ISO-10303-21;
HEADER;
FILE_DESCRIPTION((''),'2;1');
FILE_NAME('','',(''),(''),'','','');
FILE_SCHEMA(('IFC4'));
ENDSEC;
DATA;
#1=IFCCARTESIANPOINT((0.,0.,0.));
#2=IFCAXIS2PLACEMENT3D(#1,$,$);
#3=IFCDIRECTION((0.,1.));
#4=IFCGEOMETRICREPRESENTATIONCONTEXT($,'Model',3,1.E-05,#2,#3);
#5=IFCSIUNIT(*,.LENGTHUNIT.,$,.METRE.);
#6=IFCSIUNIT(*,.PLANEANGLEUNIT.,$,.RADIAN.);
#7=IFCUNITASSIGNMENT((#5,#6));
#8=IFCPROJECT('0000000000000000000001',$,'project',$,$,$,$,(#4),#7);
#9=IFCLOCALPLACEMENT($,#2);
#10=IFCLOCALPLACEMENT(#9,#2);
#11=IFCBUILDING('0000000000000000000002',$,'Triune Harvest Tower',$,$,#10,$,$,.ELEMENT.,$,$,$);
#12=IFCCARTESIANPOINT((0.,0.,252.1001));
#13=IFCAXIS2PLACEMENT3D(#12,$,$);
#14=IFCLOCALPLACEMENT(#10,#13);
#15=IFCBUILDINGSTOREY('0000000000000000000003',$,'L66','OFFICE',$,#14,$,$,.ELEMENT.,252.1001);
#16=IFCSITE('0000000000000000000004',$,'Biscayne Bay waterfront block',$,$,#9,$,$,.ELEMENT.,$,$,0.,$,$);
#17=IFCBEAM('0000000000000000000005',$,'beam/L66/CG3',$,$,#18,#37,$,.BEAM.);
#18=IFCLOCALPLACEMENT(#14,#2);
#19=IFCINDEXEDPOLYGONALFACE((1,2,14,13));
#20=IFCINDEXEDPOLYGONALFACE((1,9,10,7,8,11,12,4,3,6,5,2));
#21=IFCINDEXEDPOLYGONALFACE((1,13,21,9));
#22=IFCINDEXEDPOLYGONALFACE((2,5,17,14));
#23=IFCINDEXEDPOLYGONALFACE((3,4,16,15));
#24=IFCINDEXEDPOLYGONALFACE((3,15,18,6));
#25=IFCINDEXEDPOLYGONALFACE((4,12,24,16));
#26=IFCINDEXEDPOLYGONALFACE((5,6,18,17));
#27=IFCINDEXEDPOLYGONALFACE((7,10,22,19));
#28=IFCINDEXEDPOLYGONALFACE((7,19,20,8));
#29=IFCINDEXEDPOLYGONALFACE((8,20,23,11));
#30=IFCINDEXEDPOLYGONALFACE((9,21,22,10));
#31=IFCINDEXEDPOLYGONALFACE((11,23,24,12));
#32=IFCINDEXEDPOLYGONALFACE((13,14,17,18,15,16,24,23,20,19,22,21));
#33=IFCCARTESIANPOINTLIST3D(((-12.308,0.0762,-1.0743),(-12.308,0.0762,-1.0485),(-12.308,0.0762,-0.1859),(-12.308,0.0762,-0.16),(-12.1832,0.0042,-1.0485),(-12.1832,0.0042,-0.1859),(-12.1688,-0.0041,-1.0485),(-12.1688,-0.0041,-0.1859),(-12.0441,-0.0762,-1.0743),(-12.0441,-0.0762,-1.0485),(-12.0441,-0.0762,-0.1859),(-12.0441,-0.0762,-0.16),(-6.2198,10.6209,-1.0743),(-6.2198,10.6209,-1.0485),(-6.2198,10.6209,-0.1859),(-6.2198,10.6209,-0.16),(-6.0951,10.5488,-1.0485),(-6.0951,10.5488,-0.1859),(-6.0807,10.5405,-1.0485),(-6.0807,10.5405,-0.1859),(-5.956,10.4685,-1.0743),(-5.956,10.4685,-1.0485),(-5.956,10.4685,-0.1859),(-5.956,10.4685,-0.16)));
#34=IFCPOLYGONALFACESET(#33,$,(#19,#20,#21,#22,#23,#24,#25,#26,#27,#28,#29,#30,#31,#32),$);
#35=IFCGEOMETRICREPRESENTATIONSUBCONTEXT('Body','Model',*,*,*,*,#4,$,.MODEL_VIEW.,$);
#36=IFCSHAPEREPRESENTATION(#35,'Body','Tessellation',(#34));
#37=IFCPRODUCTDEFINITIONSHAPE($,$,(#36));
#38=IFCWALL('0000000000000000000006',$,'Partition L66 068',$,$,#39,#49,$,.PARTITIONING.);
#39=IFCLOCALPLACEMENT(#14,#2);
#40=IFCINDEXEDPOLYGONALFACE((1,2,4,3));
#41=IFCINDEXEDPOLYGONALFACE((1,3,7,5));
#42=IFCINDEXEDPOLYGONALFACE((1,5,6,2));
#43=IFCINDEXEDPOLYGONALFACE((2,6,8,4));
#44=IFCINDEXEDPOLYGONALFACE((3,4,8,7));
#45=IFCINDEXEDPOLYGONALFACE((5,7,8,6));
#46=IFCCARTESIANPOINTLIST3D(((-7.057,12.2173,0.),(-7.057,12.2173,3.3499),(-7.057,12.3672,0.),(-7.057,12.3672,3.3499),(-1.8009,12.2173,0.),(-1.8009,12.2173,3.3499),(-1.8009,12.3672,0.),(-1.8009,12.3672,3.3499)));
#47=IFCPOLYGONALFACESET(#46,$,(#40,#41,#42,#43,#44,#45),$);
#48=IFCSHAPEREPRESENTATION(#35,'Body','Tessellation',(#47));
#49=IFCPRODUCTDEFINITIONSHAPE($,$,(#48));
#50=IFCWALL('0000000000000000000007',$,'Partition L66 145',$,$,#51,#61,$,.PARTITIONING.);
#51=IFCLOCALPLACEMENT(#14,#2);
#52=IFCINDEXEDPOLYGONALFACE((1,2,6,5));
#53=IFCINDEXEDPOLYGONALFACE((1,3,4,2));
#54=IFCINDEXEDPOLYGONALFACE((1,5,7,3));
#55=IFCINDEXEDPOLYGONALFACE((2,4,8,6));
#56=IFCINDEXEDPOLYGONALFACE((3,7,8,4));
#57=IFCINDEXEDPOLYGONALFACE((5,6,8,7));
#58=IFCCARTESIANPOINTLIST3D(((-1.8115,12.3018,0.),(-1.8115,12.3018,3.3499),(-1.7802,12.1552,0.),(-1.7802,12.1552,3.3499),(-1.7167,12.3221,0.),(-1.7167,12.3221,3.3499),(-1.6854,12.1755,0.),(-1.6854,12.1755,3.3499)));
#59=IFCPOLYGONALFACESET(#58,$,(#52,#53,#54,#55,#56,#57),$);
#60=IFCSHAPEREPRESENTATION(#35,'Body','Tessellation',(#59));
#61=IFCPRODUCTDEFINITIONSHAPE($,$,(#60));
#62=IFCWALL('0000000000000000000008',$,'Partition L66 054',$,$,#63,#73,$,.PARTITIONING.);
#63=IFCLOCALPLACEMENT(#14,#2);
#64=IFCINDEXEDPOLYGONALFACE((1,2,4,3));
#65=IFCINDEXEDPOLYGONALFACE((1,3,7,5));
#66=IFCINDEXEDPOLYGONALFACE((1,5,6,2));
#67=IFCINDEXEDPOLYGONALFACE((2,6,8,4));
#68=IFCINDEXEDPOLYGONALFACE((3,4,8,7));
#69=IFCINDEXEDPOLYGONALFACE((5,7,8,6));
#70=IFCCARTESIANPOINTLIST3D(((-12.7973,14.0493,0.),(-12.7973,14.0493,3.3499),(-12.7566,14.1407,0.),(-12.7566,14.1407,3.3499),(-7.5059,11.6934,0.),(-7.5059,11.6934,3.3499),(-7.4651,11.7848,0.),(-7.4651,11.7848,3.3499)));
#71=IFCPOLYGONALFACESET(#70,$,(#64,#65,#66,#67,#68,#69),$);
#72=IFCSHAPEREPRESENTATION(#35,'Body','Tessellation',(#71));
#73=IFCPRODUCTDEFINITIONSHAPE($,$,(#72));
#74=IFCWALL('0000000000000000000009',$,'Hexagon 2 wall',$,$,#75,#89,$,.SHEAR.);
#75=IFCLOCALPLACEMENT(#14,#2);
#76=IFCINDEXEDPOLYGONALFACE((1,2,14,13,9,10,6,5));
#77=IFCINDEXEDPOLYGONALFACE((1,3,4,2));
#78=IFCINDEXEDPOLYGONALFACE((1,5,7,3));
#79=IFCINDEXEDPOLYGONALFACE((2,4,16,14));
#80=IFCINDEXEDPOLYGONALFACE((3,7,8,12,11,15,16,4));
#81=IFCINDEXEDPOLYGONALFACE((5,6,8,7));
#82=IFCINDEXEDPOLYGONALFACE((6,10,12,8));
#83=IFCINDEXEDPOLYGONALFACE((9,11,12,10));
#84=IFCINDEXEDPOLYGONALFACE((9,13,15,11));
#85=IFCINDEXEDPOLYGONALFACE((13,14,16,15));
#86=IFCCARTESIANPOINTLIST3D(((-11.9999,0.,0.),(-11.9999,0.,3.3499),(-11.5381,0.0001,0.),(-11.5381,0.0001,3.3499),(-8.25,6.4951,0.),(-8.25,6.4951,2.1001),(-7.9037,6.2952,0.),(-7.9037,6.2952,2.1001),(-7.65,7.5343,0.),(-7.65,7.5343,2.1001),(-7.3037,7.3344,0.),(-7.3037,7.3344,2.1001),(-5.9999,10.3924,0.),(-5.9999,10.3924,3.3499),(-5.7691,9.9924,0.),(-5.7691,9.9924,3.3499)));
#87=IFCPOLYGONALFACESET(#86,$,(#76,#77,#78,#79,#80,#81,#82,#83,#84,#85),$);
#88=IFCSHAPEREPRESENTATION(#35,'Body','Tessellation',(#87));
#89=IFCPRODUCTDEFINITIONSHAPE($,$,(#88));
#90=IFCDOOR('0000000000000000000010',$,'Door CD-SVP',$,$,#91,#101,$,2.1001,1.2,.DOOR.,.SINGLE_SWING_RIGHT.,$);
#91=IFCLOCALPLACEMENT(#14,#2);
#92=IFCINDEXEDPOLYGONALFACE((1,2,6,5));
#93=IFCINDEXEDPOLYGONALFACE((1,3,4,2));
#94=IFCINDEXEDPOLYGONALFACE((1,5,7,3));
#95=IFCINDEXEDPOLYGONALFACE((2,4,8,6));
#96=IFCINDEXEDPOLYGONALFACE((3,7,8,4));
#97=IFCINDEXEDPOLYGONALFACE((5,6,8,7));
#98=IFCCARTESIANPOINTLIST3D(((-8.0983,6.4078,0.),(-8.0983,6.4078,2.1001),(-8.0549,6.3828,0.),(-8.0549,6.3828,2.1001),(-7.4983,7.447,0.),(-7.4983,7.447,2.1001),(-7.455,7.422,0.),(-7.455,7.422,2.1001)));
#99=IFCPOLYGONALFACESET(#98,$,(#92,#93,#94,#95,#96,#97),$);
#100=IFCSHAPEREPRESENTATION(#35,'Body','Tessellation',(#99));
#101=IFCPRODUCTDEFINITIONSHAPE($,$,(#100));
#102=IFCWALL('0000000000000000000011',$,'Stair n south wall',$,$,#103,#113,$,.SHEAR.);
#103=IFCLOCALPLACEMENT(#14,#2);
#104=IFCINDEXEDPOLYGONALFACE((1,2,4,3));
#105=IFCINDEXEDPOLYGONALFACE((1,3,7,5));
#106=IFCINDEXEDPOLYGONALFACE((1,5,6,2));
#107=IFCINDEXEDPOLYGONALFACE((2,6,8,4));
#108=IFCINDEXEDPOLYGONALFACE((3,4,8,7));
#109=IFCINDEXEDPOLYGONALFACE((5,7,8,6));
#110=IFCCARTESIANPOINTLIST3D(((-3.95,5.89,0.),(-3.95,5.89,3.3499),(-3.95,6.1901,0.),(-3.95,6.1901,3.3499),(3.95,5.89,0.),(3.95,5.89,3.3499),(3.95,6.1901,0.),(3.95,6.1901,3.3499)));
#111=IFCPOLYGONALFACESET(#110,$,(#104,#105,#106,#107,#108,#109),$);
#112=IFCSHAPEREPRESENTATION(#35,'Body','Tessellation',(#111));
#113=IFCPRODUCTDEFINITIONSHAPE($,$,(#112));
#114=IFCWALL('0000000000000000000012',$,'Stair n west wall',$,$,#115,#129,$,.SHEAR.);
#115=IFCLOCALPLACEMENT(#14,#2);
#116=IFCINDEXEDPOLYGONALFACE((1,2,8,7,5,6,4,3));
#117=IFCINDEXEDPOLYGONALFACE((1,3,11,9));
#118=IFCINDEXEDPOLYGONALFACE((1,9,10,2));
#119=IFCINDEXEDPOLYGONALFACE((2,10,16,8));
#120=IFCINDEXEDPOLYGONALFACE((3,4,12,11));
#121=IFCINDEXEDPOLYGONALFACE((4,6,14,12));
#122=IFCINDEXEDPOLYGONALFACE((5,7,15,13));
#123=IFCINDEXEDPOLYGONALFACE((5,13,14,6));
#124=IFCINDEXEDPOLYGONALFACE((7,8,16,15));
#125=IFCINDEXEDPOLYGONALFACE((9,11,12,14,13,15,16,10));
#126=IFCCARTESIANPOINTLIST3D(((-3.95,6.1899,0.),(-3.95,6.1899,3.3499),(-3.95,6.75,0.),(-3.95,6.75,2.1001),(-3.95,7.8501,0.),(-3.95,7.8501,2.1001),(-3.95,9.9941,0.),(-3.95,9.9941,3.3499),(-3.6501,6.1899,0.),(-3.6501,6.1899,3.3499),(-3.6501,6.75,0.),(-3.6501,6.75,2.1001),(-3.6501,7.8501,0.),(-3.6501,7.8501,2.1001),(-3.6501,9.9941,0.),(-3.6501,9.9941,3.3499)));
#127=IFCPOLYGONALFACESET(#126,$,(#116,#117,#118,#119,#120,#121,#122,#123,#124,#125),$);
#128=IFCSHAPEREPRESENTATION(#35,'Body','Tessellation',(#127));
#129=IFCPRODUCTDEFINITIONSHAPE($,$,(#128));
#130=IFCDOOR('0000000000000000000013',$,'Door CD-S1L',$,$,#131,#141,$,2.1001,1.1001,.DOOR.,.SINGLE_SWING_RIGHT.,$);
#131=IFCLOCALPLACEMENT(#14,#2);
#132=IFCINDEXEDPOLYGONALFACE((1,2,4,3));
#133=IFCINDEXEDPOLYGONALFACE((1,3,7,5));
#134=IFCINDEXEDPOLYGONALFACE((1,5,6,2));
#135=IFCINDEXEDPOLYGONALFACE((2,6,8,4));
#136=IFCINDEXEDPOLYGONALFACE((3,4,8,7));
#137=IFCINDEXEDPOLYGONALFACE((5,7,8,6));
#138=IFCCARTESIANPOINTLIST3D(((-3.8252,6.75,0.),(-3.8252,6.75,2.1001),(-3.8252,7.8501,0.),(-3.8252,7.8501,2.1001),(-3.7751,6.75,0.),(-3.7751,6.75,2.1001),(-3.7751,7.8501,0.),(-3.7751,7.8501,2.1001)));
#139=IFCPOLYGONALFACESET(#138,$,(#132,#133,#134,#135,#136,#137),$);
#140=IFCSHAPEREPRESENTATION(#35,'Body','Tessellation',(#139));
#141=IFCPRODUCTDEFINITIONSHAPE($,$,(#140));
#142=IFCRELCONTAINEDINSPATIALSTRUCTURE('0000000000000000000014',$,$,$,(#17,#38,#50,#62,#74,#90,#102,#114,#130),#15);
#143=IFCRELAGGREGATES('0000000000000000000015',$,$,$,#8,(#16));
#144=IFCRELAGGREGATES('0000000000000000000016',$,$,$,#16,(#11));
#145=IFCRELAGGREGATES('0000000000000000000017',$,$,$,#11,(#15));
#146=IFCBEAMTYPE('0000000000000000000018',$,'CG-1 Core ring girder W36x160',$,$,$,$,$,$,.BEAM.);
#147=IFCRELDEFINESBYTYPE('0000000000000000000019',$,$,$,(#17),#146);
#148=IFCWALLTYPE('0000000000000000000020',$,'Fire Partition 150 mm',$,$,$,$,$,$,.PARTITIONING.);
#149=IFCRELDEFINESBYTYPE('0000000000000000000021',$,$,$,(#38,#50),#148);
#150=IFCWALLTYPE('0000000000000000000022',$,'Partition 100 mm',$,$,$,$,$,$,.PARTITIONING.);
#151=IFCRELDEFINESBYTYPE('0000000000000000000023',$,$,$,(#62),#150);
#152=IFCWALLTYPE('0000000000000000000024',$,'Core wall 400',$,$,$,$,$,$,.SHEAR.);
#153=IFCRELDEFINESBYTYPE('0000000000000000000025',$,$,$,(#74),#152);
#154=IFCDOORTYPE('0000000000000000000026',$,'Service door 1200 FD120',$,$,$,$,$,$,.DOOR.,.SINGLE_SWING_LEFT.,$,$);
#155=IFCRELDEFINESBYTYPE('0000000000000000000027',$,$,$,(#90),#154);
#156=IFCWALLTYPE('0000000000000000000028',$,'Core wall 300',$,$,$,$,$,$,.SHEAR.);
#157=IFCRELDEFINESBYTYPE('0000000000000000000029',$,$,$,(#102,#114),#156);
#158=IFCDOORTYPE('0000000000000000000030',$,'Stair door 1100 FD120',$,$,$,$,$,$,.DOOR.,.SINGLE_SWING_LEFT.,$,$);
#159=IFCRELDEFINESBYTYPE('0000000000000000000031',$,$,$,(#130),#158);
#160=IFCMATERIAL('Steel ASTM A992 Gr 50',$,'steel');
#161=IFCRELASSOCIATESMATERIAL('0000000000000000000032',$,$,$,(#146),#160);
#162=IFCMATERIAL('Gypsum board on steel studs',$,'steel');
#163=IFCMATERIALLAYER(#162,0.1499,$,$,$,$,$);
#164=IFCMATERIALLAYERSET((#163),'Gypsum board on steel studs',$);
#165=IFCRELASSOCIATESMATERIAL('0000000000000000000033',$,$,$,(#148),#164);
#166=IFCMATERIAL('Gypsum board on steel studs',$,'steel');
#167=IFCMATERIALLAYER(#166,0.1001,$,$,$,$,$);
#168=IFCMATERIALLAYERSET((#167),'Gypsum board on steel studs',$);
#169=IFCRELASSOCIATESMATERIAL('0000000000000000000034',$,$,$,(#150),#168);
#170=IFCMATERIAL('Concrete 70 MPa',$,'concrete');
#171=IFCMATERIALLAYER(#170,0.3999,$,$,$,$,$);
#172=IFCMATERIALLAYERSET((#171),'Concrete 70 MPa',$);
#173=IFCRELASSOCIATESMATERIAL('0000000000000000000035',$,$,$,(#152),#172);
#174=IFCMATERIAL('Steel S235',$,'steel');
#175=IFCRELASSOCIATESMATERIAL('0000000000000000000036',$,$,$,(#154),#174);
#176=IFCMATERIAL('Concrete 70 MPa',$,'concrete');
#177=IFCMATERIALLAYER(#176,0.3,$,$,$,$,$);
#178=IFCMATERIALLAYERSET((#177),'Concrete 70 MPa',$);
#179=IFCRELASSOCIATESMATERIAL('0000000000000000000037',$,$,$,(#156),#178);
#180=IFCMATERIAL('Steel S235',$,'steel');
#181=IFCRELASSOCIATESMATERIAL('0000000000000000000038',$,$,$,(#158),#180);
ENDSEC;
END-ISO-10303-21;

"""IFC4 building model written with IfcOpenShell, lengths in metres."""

from ifc_helpers import new_model, si_unit, direction, frame, frame_2d, origin, origin_2d, place, context, subcontext, project, spatial, polyline, rectangle, i_section, outline, extrude, source, transform, mapped, material, layer, layer_set, material_profile, profile_set, type_object, element, fill, save


model = new_model("IFC4")

# Units and contexts
model_context = context("Model", 3, precision=1e-05, world=origin(), true_north=direction((0.0, 1.0)))
body_context = subcontext(model_context, "Body", "Model", "MODEL_VIEW")
ifc_project = project(units=[si_unit("LENGTHUNIT", "METRE"), si_unit("PLANEANGLEUNIT", "RADIAN")], contexts=[model_context])

# Site, building, storey
site_placement = place(None, origin())
site = spatial("IfcSite", under=ifc_project, at=site_placement, Name="Biscayne Bay waterfront block", CompositionType="ELEMENT", RefElevation=0.0)
building_placement = place(site_placement, origin())
building = spatial("IfcBuilding", under=site, at=building_placement, Name="Triune Harvest Tower", CompositionType="ELEMENT")
storey_placement = place(building_placement, frame((0.0, 0.0, 252.1001)))
storey = spatial("IfcBuildingStorey", under=building, at=storey_placement, Name="L66", Description="OFFICE", CompositionType="ELEMENT", Elevation=252.1001)

# Beam
ifc_material_1 = material(Name="Steel ASTM A992 Gr 50", Category="steel")
ifc_material_profile = material_profile(ifc_material_1, i_section(OverallWidth=0.3047, OverallDepth=0.9143, WebThickness=0.0166, FlangeThickness=0.0259, at=origin_2d()), Name="W36x160")
ifc_profile_set = profile_set([ifc_material_profile], Name="Steel ASTM A992 Gr 50")
beam_type = type_object("IfcBeamType", Name="CG-1 Core ring girder W36x160", PredefinedType="BEAM", material=ifc_profile_set)
shared_shape_1 = source(origin(), body_context, "Body", "SweptSolid", [
    extrude(i_section(OverallWidth=0.3047, OverallDepth=0.9143, WebThickness=0.0166, FlangeThickness=0.0259, at=origin_2d()), origin(), (0.0, 0.0, 1.0), 12.176),
])
beam_placement = place(storey_placement, frame((-6.0879, 10.5447, -0.6172), z_axis=(-0.50001, -0.86602, 0.0), x_axis=(0.86602, -0.50001, 0.0)))
element("IfcBeam", 1, at=beam_placement, inside=storey, type_object=beam_type, Name="beam/L66/CG3", PredefinedType="BEAM", context=body_context, shape_type="MappedRepresentation", body=[
    mapped(shared_shape_1, transform((0.0, 0.0, 0.0), scale=1.0)),
])

# Walls
ifc_material_2 = material(Name="Gypsum board on steel studs", Category="steel")
ifc_layer_1 = layer(ifc_material_2, 0.1499)
ifc_layer_set_1 = layer_set([ifc_layer_1], Name="Gypsum board on steel studs")
wall_type_1 = type_object("IfcWallType", Name="Fire Partition 150 mm", PredefinedType="PARTITIONING", material=ifc_layer_set_1)
wall_1_placement = place(storey_placement, frame((-7.0569, 12.2922, 0.0), z_axis=(0.0, 0.0, 1.0), x_axis=(1.0, 0.0, 0.0)))
element("IfcWall", 2, at=wall_1_placement, inside=storey, type_object=wall_type_1, Name="Partition L66 068", PredefinedType="PARTITIONING", context=body_context, shape_type="SweptSolid", body=[
    extrude(rectangle(XDim=5.2561, YDim=0.1499, at=frame_2d((2.6279, 0.0))), origin(), (0.0, 0.0, 1.0), 3.3499),
])
wall_2_placement = place(storey_placement, frame((-1.7012, 12.2488, 0.0), z_axis=(0.0, 0.0, 1.0), x_axis=(-0.977876, -0.209185, 0.0)))
element("IfcWall", 3, at=wall_2_placement, inside=storey, type_object=wall_type_1, Name="Partition L66 145", PredefinedType="PARTITIONING", context=body_context, shape_type="SweptSolid", body=[
    extrude(rectangle(XDim=0.0969, YDim=0.1499, at=frame_2d((0.0483, 0.0))), origin(), (0.0, 0.0, 1.0), 3.3499),
])
ifc_material_3 = material(Name="Gypsum board on steel studs", Category="steel")
ifc_layer_2 = layer(ifc_material_3, 0.1001)
ifc_layer_set_2 = layer_set([ifc_layer_2], Name="Gypsum board on steel studs")
wall_type_2 = type_object("IfcWallType", Name="Partition 100 mm", PredefinedType="PARTITIONING", material=ifc_layer_set_2)
wall_3_placement = place(storey_placement, frame((-12.7769, 14.095, 0.0), z_axis=(0.0, 0.0, 1.0), x_axis=(0.913544, -0.406741, 0.0)))
element("IfcWall", 4, at=wall_3_placement, inside=storey, type_object=wall_type_2, Name="Partition L66 054", PredefinedType="PARTITIONING", context=body_context, shape_type="SweptSolid", body=[
    extrude(rectangle(XDim=5.7922, YDim=0.1001, at=frame_2d((2.896, 0.0))), origin(), (0.0, 0.0, 1.0), 3.3499),
])

# Wall, opening, door
ifc_material_4 = material(Name="Concrete 70 MPa", Category="concrete")
ifc_layer_3 = layer(ifc_material_4, 0.3999)
ifc_layer_set_3 = layer_set([ifc_layer_3], Name="Concrete 70 MPa")
wall_type_3 = type_object("IfcWallType", Name="Core wall 400", PredefinedType="SHEAR", material=ifc_layer_set_3)
shared_shape_2 = source(origin(), body_context, "Body", "SweptSolid", [
    extrude(outline(polyline([(-0.1155, -0.2), (11.8845, -0.2), (11.6536, 0.2), (0.1155, 0.2), (-0.1155, -0.2)])), origin(), (0.0, 0.0, 1.0), 3.3499),
])
wall_4_placement = place(storey_placement, frame((-5.8845, 10.1924, 0.0), z_axis=(0.0, 0.0, 1.0), x_axis=(-0.499997, -0.866027, 0.0)))
wall_4 = element("IfcWall", 5, at=wall_4_placement, inside=storey, type_object=wall_type_3, Name="Hexagon 2 wall", PredefinedType="SHEAR", context=body_context, shape_type="MappedRepresentation", body=[
    mapped(shared_shape_2, transform((0.0, 0.0, 0.0), scale=1.0)),
])
opening_1_placement = place(wall_4_placement, frame((3.1846, 0.0, 0.0)))
opening_1 = element("IfcOpeningElement", 6, at=opening_1_placement, cuts=wall_4, PredefinedType="OPENING", context=body_context, shape_type="SweptSolid", body=[
    extrude(rectangle(XDim=1.2, YDim=2.1001, at=frame_2d((0.6001, 1.05))), frame((0.0, 0.21, 0.0), z_axis=(0.0, -1.0, 0.0), x_axis=(1.0, 0.0, 0.0)), (0.0, 0.0, 1.0), 0.4199),
])
ifc_material_5 = material(Name="Steel S235", Category="steel")
door_type_1 = type_object("IfcDoorType", Name="Service door 1200 FD120", OperationType="SINGLE_SWING_LEFT", PredefinedType="DOOR", material=ifc_material_5)
door_1_placement = place(opening_1_placement, frame((1.2, 0.0, 0.0), z_axis=(0.0, 0.0, 1.0), x_axis=(-1.0, 0.0, 0.0)))
door_1 = element("IfcDoor", 7, at=door_1_placement, inside=storey, type_object=door_type_1, Name="Door CD-SVP", OperationType="SINGLE_SWING_RIGHT", OverallHeight=2.1001, OverallWidth=1.2, PredefinedType="DOOR", context=body_context, shape_type="SweptSolid", body=[
    extrude(rectangle(XDim=1.2, YDim=2.1001, at=frame_2d((0.6001, 1.05))), frame((0.0, 0.0249, 0.0), z_axis=(0.0, -1.0, 0.0), x_axis=(1.0, 0.0, 0.0)), (0.0, 0.0, 1.0), 0.05),
])
fill(opening_1, door_1)

# Wall
ifc_material_6 = material(Name="Concrete 70 MPa", Category="concrete")
ifc_layer_4 = layer(ifc_material_6, 0.3)
ifc_layer_set_4 = layer_set([ifc_layer_4], Name="Concrete 70 MPa")
wall_type_4 = type_object("IfcWallType", Name="Core wall 300", PredefinedType="SHEAR", material=ifc_layer_set_4)
shared_shape_3 = source(origin(), body_context, "Body", "SweptSolid", [
    extrude(rectangle(XDim=7.8999, YDim=0.3, at=frame_2d((3.95, 0.0))), origin(), (0.0, 0.0, 1.0), 3.3499),
])
wall_5_placement = place(storey_placement, frame((-3.95, 6.04, 0.0), z_axis=(0.0, 0.0, 1.0), x_axis=(1.0, 0.0, 0.0)))
element("IfcWall", 8, at=wall_5_placement, inside=storey, type_object=wall_type_4, Name="Stair n south wall", PredefinedType="SHEAR", context=body_context, shape_type="MappedRepresentation", body=[
    mapped(shared_shape_3, transform((0.0, 0.0, 0.0), scale=1.0)),
])

# Wall, opening, door
shared_shape_4 = source(origin(), body_context, "Body", "SweptSolid", [
    extrude(outline(polyline([(0.0, -0.1499), (0.0, 0.1499), (3.8042, 0.1499), (3.8042, -0.1499), (0.0, -0.1499)])), origin(), (0.0, 0.0, 1.0), 3.3499),
])
wall_6_placement = place(storey_placement, frame((-3.8, 6.1899, 0.0), z_axis=(0.0, 0.0, 1.0), x_axis=(0.0, 1.0, 0.0)))
wall_6 = element("IfcWall", 9, at=wall_6_placement, inside=storey, type_object=wall_type_4, Name="Stair n west wall", PredefinedType="SHEAR", context=body_context, shape_type="MappedRepresentation", body=[
    mapped(shared_shape_4, transform((0.0, 0.0, 0.0), scale=1.0)),
])
opening_2_placement = place(wall_6_placement, frame((0.5601, 0.0, 0.0)))
opening_2 = element("IfcOpeningElement", 10, at=opening_2_placement, cuts=wall_6, PredefinedType="OPENING", context=body_context, shape_type="SweptSolid", body=[
    extrude(rectangle(XDim=1.1001, YDim=2.1001, at=frame_2d((0.55, 1.05))), frame((0.0, 0.1602, 0.0), z_axis=(0.0, -1.0, 0.0), x_axis=(1.0, 0.0, 0.0)), (0.0, 0.0, 1.0), 0.3201),
])
ifc_material_7 = material(Name="Steel S235", Category="steel")
door_type_2 = type_object("IfcDoorType", Name="Stair door 1100 FD120", OperationType="SINGLE_SWING_LEFT", PredefinedType="DOOR", material=ifc_material_7)
door_2_placement = place(opening_2_placement, frame((1.1001, 0.0, 0.0), z_axis=(0.0, 0.0, 1.0), x_axis=(-1.0, 0.0, 0.0)))
door_2 = element("IfcDoor", 11, at=door_2_placement, inside=storey, type_object=door_type_2, Name="Door CD-S1L", OperationType="SINGLE_SWING_RIGHT", OverallHeight=2.1001, OverallWidth=1.1001, PredefinedType="DOOR", context=body_context, shape_type="SweptSolid", body=[
    extrude(rectangle(XDim=1.1001, YDim=2.1001, at=frame_2d((0.55, 1.05))), frame((0.0, 0.0249, 0.0), z_axis=(0.0, -1.0, 0.0), x_axis=(1.0, 0.0, 0.0)), (0.0, 0.0, 1.0), 0.05),
])
fill(opening_2, door_2)

save(model, "model.ifc")
